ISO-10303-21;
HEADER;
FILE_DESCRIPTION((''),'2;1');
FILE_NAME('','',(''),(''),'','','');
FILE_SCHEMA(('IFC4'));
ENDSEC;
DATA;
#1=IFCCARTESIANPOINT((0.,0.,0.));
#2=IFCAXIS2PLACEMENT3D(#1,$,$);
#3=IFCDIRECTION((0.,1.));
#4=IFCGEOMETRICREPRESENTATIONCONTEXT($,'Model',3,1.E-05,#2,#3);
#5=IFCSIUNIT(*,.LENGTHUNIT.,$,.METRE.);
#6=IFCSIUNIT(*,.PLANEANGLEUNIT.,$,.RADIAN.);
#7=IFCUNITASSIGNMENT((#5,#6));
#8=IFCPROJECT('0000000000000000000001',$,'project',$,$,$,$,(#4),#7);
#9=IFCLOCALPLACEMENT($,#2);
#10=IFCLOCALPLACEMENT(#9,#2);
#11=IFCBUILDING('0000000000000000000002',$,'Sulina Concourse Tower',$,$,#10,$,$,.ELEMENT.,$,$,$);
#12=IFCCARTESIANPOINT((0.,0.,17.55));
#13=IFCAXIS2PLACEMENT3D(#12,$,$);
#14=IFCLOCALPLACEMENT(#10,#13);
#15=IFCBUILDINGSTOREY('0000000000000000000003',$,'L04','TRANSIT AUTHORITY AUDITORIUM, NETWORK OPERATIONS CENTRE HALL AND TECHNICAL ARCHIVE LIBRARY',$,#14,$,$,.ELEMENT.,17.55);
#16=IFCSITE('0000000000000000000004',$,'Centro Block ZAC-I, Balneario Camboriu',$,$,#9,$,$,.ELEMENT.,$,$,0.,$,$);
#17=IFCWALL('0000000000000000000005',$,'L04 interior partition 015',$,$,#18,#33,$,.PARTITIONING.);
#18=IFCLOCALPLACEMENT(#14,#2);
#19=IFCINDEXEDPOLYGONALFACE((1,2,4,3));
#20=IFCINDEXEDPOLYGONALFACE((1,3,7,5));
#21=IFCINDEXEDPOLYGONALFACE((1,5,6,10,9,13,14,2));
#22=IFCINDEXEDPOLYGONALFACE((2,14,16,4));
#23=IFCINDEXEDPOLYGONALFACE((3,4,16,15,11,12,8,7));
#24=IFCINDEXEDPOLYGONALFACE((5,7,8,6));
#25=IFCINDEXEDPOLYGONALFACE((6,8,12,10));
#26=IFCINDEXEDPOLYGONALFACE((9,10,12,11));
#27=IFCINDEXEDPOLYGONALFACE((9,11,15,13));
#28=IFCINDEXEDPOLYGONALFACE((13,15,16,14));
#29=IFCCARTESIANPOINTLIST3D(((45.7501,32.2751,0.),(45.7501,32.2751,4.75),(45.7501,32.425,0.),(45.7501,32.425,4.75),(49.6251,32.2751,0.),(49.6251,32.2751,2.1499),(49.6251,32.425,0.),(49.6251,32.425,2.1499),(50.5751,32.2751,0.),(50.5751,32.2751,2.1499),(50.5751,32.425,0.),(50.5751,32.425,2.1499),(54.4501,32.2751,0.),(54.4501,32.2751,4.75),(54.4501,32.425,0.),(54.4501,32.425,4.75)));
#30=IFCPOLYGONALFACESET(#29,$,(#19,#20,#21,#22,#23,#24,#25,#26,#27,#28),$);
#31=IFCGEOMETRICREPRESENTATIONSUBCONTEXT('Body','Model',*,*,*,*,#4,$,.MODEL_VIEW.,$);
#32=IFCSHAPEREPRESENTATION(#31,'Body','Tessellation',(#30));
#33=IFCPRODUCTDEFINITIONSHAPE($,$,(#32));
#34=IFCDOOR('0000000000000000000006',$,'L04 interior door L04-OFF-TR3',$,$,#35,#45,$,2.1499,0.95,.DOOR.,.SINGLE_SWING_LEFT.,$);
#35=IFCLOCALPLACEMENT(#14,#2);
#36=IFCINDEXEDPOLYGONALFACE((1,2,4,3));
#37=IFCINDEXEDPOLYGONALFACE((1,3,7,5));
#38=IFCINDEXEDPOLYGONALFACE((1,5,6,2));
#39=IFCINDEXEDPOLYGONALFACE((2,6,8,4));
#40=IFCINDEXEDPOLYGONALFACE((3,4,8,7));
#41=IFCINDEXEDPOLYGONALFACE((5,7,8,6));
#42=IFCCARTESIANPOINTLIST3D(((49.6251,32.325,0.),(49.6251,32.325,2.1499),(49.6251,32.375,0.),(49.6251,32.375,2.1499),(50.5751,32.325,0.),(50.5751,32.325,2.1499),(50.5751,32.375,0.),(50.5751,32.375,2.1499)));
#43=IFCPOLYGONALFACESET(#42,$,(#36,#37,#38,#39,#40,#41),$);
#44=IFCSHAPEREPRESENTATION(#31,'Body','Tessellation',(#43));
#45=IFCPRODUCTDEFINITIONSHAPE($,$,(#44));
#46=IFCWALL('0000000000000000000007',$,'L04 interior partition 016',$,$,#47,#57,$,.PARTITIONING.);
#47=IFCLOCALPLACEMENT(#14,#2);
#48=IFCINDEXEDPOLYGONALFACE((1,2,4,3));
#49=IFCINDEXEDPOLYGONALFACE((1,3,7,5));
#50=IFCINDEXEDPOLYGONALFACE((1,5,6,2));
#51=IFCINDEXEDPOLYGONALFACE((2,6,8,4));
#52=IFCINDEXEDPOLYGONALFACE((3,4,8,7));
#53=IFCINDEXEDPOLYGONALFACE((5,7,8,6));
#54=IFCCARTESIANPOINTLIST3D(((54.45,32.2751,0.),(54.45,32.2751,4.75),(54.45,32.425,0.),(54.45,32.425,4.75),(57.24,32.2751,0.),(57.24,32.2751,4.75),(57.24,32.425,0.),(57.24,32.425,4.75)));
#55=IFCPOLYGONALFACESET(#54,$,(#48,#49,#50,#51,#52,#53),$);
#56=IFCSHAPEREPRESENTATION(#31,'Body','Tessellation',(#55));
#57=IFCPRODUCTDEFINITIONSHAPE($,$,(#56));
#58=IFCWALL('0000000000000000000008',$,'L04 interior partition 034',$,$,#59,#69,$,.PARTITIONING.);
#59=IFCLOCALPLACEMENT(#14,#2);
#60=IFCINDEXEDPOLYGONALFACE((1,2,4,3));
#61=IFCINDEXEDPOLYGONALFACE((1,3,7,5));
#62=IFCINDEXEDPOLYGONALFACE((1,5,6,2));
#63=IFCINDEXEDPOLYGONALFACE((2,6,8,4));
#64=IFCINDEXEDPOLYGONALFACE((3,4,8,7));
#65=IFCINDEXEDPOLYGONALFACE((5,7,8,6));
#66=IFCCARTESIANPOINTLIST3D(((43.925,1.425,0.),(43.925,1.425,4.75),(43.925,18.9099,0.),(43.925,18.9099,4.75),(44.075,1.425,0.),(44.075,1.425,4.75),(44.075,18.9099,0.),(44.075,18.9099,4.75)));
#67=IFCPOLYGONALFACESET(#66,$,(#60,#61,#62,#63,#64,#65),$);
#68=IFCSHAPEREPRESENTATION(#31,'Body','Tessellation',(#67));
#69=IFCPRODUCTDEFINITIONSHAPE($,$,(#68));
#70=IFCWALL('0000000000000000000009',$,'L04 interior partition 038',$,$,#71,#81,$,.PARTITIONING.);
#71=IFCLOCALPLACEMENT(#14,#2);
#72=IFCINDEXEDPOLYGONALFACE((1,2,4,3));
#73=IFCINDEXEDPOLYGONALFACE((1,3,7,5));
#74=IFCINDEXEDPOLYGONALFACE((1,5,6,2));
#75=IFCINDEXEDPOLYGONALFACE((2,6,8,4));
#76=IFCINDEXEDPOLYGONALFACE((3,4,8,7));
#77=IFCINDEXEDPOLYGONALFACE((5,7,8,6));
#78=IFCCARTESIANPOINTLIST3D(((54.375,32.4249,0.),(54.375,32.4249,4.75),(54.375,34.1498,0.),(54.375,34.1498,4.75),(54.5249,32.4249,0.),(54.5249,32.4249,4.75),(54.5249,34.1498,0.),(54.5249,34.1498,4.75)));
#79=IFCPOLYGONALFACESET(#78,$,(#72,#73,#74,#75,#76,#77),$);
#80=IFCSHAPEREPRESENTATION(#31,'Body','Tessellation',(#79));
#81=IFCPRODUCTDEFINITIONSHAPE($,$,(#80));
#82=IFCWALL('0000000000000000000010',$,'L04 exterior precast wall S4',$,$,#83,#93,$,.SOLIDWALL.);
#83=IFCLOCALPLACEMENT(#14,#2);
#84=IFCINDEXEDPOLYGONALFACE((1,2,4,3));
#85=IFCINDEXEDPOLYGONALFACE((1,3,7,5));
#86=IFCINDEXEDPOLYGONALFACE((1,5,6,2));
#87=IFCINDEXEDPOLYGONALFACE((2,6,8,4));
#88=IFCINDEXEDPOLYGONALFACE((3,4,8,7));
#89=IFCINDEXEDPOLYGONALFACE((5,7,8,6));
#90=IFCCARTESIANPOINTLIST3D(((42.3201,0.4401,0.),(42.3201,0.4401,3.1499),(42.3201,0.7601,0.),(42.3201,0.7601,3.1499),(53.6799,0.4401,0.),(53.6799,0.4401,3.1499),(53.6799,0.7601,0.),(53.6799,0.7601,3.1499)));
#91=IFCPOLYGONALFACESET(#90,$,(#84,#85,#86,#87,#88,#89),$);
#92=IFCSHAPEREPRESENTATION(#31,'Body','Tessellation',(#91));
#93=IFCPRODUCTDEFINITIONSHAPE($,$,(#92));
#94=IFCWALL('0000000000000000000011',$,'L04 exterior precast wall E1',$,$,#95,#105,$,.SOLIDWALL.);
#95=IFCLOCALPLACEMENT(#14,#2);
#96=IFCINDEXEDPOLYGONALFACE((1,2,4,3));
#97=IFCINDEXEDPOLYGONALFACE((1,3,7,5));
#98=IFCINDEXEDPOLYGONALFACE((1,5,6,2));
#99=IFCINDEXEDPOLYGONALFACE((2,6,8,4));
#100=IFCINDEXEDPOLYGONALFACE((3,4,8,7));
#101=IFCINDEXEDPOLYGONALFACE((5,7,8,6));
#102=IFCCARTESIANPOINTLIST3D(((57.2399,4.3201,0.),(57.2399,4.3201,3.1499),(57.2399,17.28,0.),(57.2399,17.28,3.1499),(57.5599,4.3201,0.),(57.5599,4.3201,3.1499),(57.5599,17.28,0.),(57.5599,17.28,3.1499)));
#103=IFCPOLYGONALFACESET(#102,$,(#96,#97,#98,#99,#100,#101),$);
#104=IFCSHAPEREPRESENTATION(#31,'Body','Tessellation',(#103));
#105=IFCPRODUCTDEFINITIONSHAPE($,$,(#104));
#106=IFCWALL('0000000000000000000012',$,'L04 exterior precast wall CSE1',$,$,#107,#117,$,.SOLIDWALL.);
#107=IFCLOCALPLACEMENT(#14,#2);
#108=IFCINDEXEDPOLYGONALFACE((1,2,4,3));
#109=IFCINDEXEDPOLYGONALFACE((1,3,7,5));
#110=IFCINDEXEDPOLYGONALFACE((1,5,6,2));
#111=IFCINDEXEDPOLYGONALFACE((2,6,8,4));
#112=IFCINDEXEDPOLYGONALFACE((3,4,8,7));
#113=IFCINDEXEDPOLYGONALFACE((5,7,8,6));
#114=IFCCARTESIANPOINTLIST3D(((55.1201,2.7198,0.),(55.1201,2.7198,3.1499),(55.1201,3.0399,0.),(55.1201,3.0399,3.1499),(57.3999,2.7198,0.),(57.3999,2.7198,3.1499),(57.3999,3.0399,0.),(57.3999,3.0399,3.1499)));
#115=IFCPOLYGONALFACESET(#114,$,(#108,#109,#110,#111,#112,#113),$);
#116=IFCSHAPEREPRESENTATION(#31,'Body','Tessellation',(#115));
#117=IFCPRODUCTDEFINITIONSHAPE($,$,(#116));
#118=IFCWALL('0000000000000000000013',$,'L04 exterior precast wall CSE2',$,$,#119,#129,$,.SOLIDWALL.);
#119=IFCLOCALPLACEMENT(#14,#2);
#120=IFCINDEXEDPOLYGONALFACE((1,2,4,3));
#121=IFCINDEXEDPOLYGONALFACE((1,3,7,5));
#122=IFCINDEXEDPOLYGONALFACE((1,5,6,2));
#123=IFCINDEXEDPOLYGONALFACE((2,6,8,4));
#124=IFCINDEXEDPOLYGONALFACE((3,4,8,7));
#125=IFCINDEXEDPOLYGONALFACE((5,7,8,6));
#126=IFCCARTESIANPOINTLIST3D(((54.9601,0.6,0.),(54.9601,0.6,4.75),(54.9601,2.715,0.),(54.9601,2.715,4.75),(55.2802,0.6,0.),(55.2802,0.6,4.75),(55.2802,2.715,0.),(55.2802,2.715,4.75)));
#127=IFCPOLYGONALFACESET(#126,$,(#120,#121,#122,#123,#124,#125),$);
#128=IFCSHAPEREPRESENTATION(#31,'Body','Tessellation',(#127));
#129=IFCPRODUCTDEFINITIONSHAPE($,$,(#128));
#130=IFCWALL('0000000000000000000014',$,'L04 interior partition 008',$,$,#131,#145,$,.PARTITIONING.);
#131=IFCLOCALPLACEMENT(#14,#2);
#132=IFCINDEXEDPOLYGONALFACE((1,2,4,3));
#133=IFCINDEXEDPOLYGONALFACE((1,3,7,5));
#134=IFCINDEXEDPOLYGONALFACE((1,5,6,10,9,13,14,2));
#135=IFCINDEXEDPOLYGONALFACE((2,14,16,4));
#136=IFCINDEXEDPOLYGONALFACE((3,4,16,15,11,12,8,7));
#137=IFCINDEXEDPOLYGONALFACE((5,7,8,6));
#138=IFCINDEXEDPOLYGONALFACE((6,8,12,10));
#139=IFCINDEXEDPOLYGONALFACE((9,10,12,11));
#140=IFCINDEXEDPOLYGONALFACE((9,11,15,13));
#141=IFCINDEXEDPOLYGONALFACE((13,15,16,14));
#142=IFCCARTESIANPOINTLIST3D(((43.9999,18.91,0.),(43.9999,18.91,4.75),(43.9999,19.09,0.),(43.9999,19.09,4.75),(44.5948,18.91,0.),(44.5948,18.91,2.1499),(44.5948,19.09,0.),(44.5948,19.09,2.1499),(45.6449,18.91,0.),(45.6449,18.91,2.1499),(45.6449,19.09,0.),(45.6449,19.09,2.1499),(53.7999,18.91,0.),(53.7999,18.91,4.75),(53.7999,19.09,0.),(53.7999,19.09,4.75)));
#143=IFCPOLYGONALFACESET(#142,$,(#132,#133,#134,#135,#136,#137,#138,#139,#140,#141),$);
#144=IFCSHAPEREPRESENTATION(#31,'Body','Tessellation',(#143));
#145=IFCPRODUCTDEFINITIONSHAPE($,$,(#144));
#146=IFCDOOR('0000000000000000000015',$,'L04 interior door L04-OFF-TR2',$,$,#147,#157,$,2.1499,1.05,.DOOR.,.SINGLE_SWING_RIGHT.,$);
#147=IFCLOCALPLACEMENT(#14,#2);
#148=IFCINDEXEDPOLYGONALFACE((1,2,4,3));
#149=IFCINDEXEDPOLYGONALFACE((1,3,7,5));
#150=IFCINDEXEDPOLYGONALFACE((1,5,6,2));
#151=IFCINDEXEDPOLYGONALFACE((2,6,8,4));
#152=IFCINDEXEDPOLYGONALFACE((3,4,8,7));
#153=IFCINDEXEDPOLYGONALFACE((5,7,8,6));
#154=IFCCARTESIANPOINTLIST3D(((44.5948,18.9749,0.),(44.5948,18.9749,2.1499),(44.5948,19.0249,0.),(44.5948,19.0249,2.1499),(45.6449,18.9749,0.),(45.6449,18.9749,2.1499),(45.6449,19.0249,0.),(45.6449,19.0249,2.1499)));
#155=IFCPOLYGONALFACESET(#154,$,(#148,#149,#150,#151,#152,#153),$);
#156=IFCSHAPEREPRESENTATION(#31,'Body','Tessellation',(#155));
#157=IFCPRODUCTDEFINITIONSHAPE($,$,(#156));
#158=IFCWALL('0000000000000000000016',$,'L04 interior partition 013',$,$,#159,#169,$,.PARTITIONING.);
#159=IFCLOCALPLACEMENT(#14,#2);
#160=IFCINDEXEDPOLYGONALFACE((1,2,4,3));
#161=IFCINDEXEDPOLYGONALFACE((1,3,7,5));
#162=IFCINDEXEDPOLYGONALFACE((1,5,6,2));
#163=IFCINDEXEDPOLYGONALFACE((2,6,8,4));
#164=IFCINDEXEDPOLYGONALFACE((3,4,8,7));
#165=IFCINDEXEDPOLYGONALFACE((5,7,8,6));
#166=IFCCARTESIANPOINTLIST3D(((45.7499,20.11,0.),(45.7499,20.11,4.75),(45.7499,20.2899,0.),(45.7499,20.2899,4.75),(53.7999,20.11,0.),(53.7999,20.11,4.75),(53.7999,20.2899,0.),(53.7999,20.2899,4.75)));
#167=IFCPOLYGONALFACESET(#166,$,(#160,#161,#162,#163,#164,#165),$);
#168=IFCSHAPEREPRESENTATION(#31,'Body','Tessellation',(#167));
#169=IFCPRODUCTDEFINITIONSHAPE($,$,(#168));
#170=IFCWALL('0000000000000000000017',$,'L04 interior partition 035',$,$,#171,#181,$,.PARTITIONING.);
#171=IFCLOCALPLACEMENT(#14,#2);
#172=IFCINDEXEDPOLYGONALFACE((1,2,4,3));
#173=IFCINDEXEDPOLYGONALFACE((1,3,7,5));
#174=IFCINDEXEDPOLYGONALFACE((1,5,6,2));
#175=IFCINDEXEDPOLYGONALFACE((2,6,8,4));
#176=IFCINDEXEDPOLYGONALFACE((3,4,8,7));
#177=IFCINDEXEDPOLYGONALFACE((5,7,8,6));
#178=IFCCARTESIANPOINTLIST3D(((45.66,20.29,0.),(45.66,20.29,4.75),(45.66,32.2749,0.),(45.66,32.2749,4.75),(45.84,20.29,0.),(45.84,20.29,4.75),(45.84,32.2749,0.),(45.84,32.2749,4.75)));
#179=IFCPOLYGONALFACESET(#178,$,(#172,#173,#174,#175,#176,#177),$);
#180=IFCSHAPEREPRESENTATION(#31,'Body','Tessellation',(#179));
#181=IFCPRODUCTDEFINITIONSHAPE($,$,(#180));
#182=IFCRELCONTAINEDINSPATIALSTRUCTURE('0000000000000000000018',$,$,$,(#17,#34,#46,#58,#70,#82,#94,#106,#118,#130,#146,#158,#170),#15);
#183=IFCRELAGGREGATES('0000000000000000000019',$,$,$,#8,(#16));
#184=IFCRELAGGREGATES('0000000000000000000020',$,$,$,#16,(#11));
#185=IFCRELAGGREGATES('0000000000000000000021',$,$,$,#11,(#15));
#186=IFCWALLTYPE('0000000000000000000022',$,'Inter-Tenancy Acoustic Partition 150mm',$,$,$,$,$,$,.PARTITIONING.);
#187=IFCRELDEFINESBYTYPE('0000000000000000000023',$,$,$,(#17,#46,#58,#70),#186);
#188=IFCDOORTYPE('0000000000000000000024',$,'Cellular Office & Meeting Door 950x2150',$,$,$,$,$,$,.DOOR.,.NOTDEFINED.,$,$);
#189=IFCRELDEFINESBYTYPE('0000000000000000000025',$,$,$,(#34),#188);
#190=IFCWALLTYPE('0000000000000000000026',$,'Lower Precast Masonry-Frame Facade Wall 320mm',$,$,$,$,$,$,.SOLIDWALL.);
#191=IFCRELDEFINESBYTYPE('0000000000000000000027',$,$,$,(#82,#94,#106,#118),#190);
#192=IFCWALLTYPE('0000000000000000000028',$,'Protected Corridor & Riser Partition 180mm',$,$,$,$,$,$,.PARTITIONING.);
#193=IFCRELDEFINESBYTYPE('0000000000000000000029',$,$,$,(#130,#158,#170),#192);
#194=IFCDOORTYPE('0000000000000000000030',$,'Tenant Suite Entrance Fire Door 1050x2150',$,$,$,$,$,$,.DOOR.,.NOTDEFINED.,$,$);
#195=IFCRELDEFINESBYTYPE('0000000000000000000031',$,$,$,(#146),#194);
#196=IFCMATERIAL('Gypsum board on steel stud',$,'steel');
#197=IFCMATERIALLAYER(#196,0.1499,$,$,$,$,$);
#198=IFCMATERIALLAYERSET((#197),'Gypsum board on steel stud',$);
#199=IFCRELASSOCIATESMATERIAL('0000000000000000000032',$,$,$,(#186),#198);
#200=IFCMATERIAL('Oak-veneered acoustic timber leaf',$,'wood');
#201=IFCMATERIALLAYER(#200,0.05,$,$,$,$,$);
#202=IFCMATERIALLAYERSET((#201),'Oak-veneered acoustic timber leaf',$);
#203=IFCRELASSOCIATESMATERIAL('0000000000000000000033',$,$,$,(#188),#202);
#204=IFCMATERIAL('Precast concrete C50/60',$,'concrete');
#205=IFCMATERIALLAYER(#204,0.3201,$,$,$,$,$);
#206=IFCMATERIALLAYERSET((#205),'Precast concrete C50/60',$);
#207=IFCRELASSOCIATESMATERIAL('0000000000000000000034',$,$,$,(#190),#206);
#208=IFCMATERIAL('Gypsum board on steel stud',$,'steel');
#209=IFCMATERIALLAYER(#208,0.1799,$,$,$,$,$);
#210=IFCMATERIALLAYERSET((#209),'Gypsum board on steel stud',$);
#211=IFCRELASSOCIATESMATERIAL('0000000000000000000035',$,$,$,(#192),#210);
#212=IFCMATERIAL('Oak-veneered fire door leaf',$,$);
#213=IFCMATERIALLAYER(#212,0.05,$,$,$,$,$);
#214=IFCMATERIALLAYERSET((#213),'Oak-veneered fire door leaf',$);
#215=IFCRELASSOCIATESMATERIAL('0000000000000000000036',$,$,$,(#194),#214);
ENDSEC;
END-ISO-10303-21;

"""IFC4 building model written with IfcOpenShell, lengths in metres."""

from ifc_helpers import new_model, si_unit, direction, frame, frame_2d, origin, place, context, subcontext, project, spatial, rectangle, extrude, material, layer, layer_set, type_object, element, fill, save


model = new_model("IFC4")

# Units and contexts
model_context = context("Model", 3, precision=1e-05, world=origin(), true_north=direction((0.0, 1.0)))
body_context = subcontext(model_context, "Body", "Model", "MODEL_VIEW")
ifc_project = project(units=[si_unit("LENGTHUNIT", "METRE"), si_unit("PLANEANGLEUNIT", "RADIAN")], contexts=[model_context])

# Site, building, storey
site_placement = place(None, origin())
site = spatial("IfcSite", under=ifc_project, at=site_placement, Name="Centro Block ZAC-I, Balneario Camboriu", CompositionType="ELEMENT", RefElevation=0.0)
building_placement = place(site_placement, origin())
building = spatial("IfcBuilding", under=site, at=building_placement, Name="Sulina Concourse Tower", CompositionType="ELEMENT")
storey_placement = place(building_placement, frame((0.0, 0.0, 17.55)))
storey = spatial("IfcBuildingStorey", under=building, at=storey_placement, Name="L04", Description="TRANSIT AUTHORITY AUDITORIUM, NETWORK OPERATIONS CENTRE HALL AND TECHNICAL ARCHIVE LIBRARY", CompositionType="ELEMENT", Elevation=17.55)

# Shared definitions
ifc_material_1 = material(Name="Gypsum board on steel stud", Category="steel")
ifc_layer_1 = layer(ifc_material_1, 0.1499)
ifc_layer_set_1 = layer_set([ifc_layer_1], Name="Gypsum board on steel stud")
wall_type_1 = type_object("IfcWallType", Name="Inter-Tenancy Acoustic Partition 150mm", PredefinedType="PARTITIONING", material=ifc_layer_set_1)

# Wall, opening, door
wall_1_placement = place(storey_placement, frame((45.75, 32.3501, 0.0), z_axis=(0.0, 0.0, 1.0), x_axis=(1.0, 0.0, 0.0)))
wall_1 = element("IfcWall", 1, at=wall_1_placement, inside=storey, type_object=wall_type_1, Name="L04 interior partition 015", PredefinedType="PARTITIONING", context=body_context, shape_type="SweptSolid", body=[
    extrude(rectangle(XDim=8.7, YDim=0.1499, at=frame_2d((4.3501, 0.0))), origin(), (0.0, 0.0, 1.0), 4.75),
])
opening_1_placement = place(wall_1_placement, frame((3.875, 0.0, 0.0)))
opening_1 = element("IfcOpeningElement", 2, at=opening_1_placement, cuts=wall_1, PredefinedType="OPENING", context=body_context, shape_type="SweptSolid", body=[
    extrude(rectangle(XDim=0.95, YDim=2.1499, at=frame_2d((0.4751, 1.075))), frame((0.0, 0.085, 0.0), z_axis=(0.0, -1.0, 0.0), x_axis=(1.0, 0.0, 0.0)), (0.0, 0.0, 1.0), 0.1699),
])
ifc_material_2 = material(Name="Oak-veneered acoustic timber leaf", Category="wood")
ifc_layer_2 = layer(ifc_material_2, 0.05)
ifc_layer_set_2 = layer_set([ifc_layer_2], Name="Oak-veneered acoustic timber leaf")
door_type_1 = type_object("IfcDoorType", Name="Cellular Office & Meeting Door 950x2150", OperationType="NOTDEFINED", PredefinedType="DOOR", material=ifc_layer_set_2)
door_1_placement = place(opening_1_placement, origin())
door_1 = element("IfcDoor", 3, at=door_1_placement, inside=storey, type_object=door_type_1, Name="L04 interior door L04-OFF-TR3", OperationType="SINGLE_SWING_LEFT", OverallHeight=2.1499, OverallWidth=0.95, PredefinedType="DOOR", context=body_context, shape_type="SweptSolid", body=[
    extrude(rectangle(XDim=0.95, YDim=2.1499, at=frame_2d((0.4751, 1.075))), frame((0.0, 0.0249, 0.0), z_axis=(0.0, -1.0, 0.0), x_axis=(1.0, 0.0, 0.0)), (0.0, 0.0, 1.0), 0.05),
])
fill(opening_1, door_1)

# Walls
wall_2_placement = place(storey_placement, frame((54.45, 32.3501, 0.0), z_axis=(0.0, 0.0, 1.0), x_axis=(1.0, 0.0, 0.0)))
element("IfcWall", 4, at=wall_2_placement, inside=storey, type_object=wall_type_1, Name="L04 interior partition 016", PredefinedType="PARTITIONING", context=body_context, shape_type="SweptSolid", body=[
    extrude(rectangle(XDim=2.79, YDim=0.1499, at=frame_2d((1.395, 0.0))), origin(), (0.0, 0.0, 1.0), 4.75),
])
wall_3_placement = place(storey_placement, frame((44.0, 1.425, 0.0), z_axis=(0.0, 0.0, 1.0), x_axis=(0.0, 1.0, 0.0)))
element("IfcWall", 5, at=wall_3_placement, inside=storey, type_object=wall_type_1, Name="L04 interior partition 034", PredefinedType="PARTITIONING", context=body_context, shape_type="SweptSolid", body=[
    extrude(rectangle(XDim=17.4849, YDim=0.1499, at=frame_2d((8.7424, 0.0))), origin(), (0.0, 0.0, 1.0), 4.75),
])
wall_4_placement = place(storey_placement, frame((54.45, 32.425, 0.0), z_axis=(0.0, 0.0, 1.0), x_axis=(0.0, 1.0, 0.0)))
element("IfcWall", 6, at=wall_4_placement, inside=storey, type_object=wall_type_1, Name="L04 interior partition 038", PredefinedType="PARTITIONING", context=body_context, shape_type="SweptSolid", body=[
    extrude(rectangle(XDim=1.7249, YDim=0.1499, at=frame_2d((0.8623, 0.0))), origin(), (0.0, 0.0, 1.0), 4.75),
])
ifc_material_3 = material(Name="Precast concrete C50/60", Category="concrete")
ifc_layer_3 = layer(ifc_material_3, 0.3201)
ifc_layer_set_3 = layer_set([ifc_layer_3], Name="Precast concrete C50/60")
wall_type_2 = type_object("IfcWallType", Name="Lower Precast Masonry-Frame Facade Wall 320mm", PredefinedType="SOLIDWALL", material=ifc_layer_set_3)
wall_5_placement = place(storey_placement, frame((53.6799, 0.6001, 0.0), z_axis=(0.0, 0.0, 1.0), x_axis=(-1.0, 0.0, 0.0)))
element("IfcWall", 7, at=wall_5_placement, inside=storey, type_object=wall_type_2, Name="L04 exterior precast wall S4", PredefinedType="SOLIDWALL", context=body_context, shape_type="SweptSolid", body=[
    extrude(rectangle(XDim=11.3599, YDim=0.3201, at=frame_2d((5.6799, 0.0))), origin(), (0.0, 0.0, 1.0), 3.1499),
])
wall_6_placement = place(storey_placement, frame((57.3999, 17.28, 0.0), z_axis=(0.0, 0.0, 1.0), x_axis=(0.0, -1.0, 0.0)))
element("IfcWall", 8, at=wall_6_placement, inside=storey, type_object=wall_type_2, Name="L04 exterior precast wall E1", PredefinedType="SOLIDWALL", context=body_context, shape_type="SweptSolid", body=[
    extrude(rectangle(XDim=12.96, YDim=0.3201, at=frame_2d((6.48, 0.0))), origin(), (0.0, 0.0, 1.0), 3.1499),
])
wall_7_placement = place(storey_placement, frame((57.3999, 2.8799, 0.0), z_axis=(0.0, 0.0, 1.0), x_axis=(-1.0, 0.0, 0.0)))
element("IfcWall", 9, at=wall_7_placement, inside=storey, type_object=wall_type_2, Name="L04 exterior precast wall CSE1", PredefinedType="SOLIDWALL", context=body_context, shape_type="SweptSolid", body=[
    extrude(rectangle(XDim=2.2798, YDim=0.3201, at=frame_2d((1.1399, 0.0))), origin(), (0.0, 0.0, 1.0), 3.1499),
])
wall_8_placement = place(storey_placement, frame((55.1201, 2.7151, 0.0), z_axis=(0.0, 0.0, 1.0), x_axis=(0.0, -1.0, 0.0)))
element("IfcWall", 10, at=wall_8_placement, inside=storey, type_object=wall_type_2, Name="L04 exterior precast wall CSE2", PredefinedType="SOLIDWALL", context=body_context, shape_type="SweptSolid", body=[
    extrude(rectangle(XDim=2.115, YDim=0.3201, at=frame_2d((1.0576, 0.0))), origin(), (0.0, 0.0, 1.0), 4.75),
])

# Wall, opening, door
ifc_material_4 = material(Name="Gypsum board on steel stud", Category="steel")
ifc_layer_4 = layer(ifc_material_4, 0.1799)
ifc_layer_set_4 = layer_set([ifc_layer_4], Name="Gypsum board on steel stud")
wall_type_3 = type_object("IfcWallType", Name="Protected Corridor & Riser Partition 180mm", PredefinedType="PARTITIONING", material=ifc_layer_set_4)
wall_9_placement = place(storey_placement, frame((44.0, 19.0, 0.0), z_axis=(0.0, 0.0, 1.0), x_axis=(1.0, 0.0, 0.0)))
wall_9 = element("IfcWall", 11, at=wall_9_placement, inside=storey, type_object=wall_type_3, Name="L04 interior partition 008", PredefinedType="PARTITIONING", context=body_context, shape_type="SweptSolid", body=[
    extrude(rectangle(XDim=9.8, YDim=0.1799, at=frame_2d((4.8999, 0.0))), origin(), (0.0, 0.0, 1.0), 4.75),
])
opening_2_placement = place(wall_9_placement, frame((0.595, 0.0, 0.0)))
opening_2 = element("IfcOpeningElement", 12, at=opening_2_placement, cuts=wall_9, PredefinedType="OPENING", context=body_context, shape_type="SweptSolid", body=[
    extrude(rectangle(XDim=1.05, YDim=2.1499, at=frame_2d((0.5249, 1.075))), frame((0.0, 0.0999, 0.0), z_axis=(0.0, -1.0, 0.0), x_axis=(1.0, 0.0, 0.0)), (0.0, 0.0, 1.0), 0.2),
])
ifc_material_5 = material(Name="Oak-veneered fire door leaf")
ifc_layer_5 = layer(ifc_material_5, 0.05)
ifc_layer_set_5 = layer_set([ifc_layer_5], Name="Oak-veneered fire door leaf")
door_type_2 = type_object("IfcDoorType", Name="Tenant Suite Entrance Fire Door 1050x2150", OperationType="NOTDEFINED", PredefinedType="DOOR", material=ifc_layer_set_5)
door_2_placement = place(opening_2_placement, origin())
door_2 = element("IfcDoor", 13, at=door_2_placement, inside=storey, type_object=door_type_2, Name="L04 interior door L04-OFF-TR2", OperationType="SINGLE_SWING_RIGHT", OverallHeight=2.1499, OverallWidth=1.05, PredefinedType="DOOR", context=body_context, shape_type="SweptSolid", body=[
    extrude(rectangle(XDim=1.05, YDim=2.1499, at=frame_2d((0.5249, 1.075))), frame((0.0, 0.0249, 0.0), z_axis=(0.0, -1.0, 0.0), x_axis=(1.0, 0.0, 0.0)), (0.0, 0.0, 1.0), 0.05),
])
fill(opening_2, door_2)

# Walls
wall_10_placement = place(storey_placement, frame((45.75, 20.2, 0.0), z_axis=(0.0, 0.0, 1.0), x_axis=(1.0, 0.0, 0.0)))
element("IfcWall", 14, at=wall_10_placement, inside=storey, type_object=wall_type_3, Name="L04 interior partition 013", PredefinedType="PARTITIONING", context=body_context, shape_type="SweptSolid", body=[
    extrude(rectangle(XDim=8.05, YDim=0.1799, at=frame_2d((4.0249, 0.0))), origin(), (0.0, 0.0, 1.0), 4.75),
])
wall_11_placement = place(storey_placement, frame((45.75, 20.29, 0.0), z_axis=(0.0, 0.0, 1.0), x_axis=(0.0, 1.0, 0.0)))
element("IfcWall", 15, at=wall_11_placement, inside=storey, type_object=wall_type_3, Name="L04 interior partition 035", PredefinedType="PARTITIONING", context=body_context, shape_type="SweptSolid", body=[
    extrude(rectangle(XDim=11.9849, YDim=0.1799, at=frame_2d((5.9924, 0.0))), origin(), (0.0, 0.0, 1.0), 4.75),
])

save(model, "model.ifc")
